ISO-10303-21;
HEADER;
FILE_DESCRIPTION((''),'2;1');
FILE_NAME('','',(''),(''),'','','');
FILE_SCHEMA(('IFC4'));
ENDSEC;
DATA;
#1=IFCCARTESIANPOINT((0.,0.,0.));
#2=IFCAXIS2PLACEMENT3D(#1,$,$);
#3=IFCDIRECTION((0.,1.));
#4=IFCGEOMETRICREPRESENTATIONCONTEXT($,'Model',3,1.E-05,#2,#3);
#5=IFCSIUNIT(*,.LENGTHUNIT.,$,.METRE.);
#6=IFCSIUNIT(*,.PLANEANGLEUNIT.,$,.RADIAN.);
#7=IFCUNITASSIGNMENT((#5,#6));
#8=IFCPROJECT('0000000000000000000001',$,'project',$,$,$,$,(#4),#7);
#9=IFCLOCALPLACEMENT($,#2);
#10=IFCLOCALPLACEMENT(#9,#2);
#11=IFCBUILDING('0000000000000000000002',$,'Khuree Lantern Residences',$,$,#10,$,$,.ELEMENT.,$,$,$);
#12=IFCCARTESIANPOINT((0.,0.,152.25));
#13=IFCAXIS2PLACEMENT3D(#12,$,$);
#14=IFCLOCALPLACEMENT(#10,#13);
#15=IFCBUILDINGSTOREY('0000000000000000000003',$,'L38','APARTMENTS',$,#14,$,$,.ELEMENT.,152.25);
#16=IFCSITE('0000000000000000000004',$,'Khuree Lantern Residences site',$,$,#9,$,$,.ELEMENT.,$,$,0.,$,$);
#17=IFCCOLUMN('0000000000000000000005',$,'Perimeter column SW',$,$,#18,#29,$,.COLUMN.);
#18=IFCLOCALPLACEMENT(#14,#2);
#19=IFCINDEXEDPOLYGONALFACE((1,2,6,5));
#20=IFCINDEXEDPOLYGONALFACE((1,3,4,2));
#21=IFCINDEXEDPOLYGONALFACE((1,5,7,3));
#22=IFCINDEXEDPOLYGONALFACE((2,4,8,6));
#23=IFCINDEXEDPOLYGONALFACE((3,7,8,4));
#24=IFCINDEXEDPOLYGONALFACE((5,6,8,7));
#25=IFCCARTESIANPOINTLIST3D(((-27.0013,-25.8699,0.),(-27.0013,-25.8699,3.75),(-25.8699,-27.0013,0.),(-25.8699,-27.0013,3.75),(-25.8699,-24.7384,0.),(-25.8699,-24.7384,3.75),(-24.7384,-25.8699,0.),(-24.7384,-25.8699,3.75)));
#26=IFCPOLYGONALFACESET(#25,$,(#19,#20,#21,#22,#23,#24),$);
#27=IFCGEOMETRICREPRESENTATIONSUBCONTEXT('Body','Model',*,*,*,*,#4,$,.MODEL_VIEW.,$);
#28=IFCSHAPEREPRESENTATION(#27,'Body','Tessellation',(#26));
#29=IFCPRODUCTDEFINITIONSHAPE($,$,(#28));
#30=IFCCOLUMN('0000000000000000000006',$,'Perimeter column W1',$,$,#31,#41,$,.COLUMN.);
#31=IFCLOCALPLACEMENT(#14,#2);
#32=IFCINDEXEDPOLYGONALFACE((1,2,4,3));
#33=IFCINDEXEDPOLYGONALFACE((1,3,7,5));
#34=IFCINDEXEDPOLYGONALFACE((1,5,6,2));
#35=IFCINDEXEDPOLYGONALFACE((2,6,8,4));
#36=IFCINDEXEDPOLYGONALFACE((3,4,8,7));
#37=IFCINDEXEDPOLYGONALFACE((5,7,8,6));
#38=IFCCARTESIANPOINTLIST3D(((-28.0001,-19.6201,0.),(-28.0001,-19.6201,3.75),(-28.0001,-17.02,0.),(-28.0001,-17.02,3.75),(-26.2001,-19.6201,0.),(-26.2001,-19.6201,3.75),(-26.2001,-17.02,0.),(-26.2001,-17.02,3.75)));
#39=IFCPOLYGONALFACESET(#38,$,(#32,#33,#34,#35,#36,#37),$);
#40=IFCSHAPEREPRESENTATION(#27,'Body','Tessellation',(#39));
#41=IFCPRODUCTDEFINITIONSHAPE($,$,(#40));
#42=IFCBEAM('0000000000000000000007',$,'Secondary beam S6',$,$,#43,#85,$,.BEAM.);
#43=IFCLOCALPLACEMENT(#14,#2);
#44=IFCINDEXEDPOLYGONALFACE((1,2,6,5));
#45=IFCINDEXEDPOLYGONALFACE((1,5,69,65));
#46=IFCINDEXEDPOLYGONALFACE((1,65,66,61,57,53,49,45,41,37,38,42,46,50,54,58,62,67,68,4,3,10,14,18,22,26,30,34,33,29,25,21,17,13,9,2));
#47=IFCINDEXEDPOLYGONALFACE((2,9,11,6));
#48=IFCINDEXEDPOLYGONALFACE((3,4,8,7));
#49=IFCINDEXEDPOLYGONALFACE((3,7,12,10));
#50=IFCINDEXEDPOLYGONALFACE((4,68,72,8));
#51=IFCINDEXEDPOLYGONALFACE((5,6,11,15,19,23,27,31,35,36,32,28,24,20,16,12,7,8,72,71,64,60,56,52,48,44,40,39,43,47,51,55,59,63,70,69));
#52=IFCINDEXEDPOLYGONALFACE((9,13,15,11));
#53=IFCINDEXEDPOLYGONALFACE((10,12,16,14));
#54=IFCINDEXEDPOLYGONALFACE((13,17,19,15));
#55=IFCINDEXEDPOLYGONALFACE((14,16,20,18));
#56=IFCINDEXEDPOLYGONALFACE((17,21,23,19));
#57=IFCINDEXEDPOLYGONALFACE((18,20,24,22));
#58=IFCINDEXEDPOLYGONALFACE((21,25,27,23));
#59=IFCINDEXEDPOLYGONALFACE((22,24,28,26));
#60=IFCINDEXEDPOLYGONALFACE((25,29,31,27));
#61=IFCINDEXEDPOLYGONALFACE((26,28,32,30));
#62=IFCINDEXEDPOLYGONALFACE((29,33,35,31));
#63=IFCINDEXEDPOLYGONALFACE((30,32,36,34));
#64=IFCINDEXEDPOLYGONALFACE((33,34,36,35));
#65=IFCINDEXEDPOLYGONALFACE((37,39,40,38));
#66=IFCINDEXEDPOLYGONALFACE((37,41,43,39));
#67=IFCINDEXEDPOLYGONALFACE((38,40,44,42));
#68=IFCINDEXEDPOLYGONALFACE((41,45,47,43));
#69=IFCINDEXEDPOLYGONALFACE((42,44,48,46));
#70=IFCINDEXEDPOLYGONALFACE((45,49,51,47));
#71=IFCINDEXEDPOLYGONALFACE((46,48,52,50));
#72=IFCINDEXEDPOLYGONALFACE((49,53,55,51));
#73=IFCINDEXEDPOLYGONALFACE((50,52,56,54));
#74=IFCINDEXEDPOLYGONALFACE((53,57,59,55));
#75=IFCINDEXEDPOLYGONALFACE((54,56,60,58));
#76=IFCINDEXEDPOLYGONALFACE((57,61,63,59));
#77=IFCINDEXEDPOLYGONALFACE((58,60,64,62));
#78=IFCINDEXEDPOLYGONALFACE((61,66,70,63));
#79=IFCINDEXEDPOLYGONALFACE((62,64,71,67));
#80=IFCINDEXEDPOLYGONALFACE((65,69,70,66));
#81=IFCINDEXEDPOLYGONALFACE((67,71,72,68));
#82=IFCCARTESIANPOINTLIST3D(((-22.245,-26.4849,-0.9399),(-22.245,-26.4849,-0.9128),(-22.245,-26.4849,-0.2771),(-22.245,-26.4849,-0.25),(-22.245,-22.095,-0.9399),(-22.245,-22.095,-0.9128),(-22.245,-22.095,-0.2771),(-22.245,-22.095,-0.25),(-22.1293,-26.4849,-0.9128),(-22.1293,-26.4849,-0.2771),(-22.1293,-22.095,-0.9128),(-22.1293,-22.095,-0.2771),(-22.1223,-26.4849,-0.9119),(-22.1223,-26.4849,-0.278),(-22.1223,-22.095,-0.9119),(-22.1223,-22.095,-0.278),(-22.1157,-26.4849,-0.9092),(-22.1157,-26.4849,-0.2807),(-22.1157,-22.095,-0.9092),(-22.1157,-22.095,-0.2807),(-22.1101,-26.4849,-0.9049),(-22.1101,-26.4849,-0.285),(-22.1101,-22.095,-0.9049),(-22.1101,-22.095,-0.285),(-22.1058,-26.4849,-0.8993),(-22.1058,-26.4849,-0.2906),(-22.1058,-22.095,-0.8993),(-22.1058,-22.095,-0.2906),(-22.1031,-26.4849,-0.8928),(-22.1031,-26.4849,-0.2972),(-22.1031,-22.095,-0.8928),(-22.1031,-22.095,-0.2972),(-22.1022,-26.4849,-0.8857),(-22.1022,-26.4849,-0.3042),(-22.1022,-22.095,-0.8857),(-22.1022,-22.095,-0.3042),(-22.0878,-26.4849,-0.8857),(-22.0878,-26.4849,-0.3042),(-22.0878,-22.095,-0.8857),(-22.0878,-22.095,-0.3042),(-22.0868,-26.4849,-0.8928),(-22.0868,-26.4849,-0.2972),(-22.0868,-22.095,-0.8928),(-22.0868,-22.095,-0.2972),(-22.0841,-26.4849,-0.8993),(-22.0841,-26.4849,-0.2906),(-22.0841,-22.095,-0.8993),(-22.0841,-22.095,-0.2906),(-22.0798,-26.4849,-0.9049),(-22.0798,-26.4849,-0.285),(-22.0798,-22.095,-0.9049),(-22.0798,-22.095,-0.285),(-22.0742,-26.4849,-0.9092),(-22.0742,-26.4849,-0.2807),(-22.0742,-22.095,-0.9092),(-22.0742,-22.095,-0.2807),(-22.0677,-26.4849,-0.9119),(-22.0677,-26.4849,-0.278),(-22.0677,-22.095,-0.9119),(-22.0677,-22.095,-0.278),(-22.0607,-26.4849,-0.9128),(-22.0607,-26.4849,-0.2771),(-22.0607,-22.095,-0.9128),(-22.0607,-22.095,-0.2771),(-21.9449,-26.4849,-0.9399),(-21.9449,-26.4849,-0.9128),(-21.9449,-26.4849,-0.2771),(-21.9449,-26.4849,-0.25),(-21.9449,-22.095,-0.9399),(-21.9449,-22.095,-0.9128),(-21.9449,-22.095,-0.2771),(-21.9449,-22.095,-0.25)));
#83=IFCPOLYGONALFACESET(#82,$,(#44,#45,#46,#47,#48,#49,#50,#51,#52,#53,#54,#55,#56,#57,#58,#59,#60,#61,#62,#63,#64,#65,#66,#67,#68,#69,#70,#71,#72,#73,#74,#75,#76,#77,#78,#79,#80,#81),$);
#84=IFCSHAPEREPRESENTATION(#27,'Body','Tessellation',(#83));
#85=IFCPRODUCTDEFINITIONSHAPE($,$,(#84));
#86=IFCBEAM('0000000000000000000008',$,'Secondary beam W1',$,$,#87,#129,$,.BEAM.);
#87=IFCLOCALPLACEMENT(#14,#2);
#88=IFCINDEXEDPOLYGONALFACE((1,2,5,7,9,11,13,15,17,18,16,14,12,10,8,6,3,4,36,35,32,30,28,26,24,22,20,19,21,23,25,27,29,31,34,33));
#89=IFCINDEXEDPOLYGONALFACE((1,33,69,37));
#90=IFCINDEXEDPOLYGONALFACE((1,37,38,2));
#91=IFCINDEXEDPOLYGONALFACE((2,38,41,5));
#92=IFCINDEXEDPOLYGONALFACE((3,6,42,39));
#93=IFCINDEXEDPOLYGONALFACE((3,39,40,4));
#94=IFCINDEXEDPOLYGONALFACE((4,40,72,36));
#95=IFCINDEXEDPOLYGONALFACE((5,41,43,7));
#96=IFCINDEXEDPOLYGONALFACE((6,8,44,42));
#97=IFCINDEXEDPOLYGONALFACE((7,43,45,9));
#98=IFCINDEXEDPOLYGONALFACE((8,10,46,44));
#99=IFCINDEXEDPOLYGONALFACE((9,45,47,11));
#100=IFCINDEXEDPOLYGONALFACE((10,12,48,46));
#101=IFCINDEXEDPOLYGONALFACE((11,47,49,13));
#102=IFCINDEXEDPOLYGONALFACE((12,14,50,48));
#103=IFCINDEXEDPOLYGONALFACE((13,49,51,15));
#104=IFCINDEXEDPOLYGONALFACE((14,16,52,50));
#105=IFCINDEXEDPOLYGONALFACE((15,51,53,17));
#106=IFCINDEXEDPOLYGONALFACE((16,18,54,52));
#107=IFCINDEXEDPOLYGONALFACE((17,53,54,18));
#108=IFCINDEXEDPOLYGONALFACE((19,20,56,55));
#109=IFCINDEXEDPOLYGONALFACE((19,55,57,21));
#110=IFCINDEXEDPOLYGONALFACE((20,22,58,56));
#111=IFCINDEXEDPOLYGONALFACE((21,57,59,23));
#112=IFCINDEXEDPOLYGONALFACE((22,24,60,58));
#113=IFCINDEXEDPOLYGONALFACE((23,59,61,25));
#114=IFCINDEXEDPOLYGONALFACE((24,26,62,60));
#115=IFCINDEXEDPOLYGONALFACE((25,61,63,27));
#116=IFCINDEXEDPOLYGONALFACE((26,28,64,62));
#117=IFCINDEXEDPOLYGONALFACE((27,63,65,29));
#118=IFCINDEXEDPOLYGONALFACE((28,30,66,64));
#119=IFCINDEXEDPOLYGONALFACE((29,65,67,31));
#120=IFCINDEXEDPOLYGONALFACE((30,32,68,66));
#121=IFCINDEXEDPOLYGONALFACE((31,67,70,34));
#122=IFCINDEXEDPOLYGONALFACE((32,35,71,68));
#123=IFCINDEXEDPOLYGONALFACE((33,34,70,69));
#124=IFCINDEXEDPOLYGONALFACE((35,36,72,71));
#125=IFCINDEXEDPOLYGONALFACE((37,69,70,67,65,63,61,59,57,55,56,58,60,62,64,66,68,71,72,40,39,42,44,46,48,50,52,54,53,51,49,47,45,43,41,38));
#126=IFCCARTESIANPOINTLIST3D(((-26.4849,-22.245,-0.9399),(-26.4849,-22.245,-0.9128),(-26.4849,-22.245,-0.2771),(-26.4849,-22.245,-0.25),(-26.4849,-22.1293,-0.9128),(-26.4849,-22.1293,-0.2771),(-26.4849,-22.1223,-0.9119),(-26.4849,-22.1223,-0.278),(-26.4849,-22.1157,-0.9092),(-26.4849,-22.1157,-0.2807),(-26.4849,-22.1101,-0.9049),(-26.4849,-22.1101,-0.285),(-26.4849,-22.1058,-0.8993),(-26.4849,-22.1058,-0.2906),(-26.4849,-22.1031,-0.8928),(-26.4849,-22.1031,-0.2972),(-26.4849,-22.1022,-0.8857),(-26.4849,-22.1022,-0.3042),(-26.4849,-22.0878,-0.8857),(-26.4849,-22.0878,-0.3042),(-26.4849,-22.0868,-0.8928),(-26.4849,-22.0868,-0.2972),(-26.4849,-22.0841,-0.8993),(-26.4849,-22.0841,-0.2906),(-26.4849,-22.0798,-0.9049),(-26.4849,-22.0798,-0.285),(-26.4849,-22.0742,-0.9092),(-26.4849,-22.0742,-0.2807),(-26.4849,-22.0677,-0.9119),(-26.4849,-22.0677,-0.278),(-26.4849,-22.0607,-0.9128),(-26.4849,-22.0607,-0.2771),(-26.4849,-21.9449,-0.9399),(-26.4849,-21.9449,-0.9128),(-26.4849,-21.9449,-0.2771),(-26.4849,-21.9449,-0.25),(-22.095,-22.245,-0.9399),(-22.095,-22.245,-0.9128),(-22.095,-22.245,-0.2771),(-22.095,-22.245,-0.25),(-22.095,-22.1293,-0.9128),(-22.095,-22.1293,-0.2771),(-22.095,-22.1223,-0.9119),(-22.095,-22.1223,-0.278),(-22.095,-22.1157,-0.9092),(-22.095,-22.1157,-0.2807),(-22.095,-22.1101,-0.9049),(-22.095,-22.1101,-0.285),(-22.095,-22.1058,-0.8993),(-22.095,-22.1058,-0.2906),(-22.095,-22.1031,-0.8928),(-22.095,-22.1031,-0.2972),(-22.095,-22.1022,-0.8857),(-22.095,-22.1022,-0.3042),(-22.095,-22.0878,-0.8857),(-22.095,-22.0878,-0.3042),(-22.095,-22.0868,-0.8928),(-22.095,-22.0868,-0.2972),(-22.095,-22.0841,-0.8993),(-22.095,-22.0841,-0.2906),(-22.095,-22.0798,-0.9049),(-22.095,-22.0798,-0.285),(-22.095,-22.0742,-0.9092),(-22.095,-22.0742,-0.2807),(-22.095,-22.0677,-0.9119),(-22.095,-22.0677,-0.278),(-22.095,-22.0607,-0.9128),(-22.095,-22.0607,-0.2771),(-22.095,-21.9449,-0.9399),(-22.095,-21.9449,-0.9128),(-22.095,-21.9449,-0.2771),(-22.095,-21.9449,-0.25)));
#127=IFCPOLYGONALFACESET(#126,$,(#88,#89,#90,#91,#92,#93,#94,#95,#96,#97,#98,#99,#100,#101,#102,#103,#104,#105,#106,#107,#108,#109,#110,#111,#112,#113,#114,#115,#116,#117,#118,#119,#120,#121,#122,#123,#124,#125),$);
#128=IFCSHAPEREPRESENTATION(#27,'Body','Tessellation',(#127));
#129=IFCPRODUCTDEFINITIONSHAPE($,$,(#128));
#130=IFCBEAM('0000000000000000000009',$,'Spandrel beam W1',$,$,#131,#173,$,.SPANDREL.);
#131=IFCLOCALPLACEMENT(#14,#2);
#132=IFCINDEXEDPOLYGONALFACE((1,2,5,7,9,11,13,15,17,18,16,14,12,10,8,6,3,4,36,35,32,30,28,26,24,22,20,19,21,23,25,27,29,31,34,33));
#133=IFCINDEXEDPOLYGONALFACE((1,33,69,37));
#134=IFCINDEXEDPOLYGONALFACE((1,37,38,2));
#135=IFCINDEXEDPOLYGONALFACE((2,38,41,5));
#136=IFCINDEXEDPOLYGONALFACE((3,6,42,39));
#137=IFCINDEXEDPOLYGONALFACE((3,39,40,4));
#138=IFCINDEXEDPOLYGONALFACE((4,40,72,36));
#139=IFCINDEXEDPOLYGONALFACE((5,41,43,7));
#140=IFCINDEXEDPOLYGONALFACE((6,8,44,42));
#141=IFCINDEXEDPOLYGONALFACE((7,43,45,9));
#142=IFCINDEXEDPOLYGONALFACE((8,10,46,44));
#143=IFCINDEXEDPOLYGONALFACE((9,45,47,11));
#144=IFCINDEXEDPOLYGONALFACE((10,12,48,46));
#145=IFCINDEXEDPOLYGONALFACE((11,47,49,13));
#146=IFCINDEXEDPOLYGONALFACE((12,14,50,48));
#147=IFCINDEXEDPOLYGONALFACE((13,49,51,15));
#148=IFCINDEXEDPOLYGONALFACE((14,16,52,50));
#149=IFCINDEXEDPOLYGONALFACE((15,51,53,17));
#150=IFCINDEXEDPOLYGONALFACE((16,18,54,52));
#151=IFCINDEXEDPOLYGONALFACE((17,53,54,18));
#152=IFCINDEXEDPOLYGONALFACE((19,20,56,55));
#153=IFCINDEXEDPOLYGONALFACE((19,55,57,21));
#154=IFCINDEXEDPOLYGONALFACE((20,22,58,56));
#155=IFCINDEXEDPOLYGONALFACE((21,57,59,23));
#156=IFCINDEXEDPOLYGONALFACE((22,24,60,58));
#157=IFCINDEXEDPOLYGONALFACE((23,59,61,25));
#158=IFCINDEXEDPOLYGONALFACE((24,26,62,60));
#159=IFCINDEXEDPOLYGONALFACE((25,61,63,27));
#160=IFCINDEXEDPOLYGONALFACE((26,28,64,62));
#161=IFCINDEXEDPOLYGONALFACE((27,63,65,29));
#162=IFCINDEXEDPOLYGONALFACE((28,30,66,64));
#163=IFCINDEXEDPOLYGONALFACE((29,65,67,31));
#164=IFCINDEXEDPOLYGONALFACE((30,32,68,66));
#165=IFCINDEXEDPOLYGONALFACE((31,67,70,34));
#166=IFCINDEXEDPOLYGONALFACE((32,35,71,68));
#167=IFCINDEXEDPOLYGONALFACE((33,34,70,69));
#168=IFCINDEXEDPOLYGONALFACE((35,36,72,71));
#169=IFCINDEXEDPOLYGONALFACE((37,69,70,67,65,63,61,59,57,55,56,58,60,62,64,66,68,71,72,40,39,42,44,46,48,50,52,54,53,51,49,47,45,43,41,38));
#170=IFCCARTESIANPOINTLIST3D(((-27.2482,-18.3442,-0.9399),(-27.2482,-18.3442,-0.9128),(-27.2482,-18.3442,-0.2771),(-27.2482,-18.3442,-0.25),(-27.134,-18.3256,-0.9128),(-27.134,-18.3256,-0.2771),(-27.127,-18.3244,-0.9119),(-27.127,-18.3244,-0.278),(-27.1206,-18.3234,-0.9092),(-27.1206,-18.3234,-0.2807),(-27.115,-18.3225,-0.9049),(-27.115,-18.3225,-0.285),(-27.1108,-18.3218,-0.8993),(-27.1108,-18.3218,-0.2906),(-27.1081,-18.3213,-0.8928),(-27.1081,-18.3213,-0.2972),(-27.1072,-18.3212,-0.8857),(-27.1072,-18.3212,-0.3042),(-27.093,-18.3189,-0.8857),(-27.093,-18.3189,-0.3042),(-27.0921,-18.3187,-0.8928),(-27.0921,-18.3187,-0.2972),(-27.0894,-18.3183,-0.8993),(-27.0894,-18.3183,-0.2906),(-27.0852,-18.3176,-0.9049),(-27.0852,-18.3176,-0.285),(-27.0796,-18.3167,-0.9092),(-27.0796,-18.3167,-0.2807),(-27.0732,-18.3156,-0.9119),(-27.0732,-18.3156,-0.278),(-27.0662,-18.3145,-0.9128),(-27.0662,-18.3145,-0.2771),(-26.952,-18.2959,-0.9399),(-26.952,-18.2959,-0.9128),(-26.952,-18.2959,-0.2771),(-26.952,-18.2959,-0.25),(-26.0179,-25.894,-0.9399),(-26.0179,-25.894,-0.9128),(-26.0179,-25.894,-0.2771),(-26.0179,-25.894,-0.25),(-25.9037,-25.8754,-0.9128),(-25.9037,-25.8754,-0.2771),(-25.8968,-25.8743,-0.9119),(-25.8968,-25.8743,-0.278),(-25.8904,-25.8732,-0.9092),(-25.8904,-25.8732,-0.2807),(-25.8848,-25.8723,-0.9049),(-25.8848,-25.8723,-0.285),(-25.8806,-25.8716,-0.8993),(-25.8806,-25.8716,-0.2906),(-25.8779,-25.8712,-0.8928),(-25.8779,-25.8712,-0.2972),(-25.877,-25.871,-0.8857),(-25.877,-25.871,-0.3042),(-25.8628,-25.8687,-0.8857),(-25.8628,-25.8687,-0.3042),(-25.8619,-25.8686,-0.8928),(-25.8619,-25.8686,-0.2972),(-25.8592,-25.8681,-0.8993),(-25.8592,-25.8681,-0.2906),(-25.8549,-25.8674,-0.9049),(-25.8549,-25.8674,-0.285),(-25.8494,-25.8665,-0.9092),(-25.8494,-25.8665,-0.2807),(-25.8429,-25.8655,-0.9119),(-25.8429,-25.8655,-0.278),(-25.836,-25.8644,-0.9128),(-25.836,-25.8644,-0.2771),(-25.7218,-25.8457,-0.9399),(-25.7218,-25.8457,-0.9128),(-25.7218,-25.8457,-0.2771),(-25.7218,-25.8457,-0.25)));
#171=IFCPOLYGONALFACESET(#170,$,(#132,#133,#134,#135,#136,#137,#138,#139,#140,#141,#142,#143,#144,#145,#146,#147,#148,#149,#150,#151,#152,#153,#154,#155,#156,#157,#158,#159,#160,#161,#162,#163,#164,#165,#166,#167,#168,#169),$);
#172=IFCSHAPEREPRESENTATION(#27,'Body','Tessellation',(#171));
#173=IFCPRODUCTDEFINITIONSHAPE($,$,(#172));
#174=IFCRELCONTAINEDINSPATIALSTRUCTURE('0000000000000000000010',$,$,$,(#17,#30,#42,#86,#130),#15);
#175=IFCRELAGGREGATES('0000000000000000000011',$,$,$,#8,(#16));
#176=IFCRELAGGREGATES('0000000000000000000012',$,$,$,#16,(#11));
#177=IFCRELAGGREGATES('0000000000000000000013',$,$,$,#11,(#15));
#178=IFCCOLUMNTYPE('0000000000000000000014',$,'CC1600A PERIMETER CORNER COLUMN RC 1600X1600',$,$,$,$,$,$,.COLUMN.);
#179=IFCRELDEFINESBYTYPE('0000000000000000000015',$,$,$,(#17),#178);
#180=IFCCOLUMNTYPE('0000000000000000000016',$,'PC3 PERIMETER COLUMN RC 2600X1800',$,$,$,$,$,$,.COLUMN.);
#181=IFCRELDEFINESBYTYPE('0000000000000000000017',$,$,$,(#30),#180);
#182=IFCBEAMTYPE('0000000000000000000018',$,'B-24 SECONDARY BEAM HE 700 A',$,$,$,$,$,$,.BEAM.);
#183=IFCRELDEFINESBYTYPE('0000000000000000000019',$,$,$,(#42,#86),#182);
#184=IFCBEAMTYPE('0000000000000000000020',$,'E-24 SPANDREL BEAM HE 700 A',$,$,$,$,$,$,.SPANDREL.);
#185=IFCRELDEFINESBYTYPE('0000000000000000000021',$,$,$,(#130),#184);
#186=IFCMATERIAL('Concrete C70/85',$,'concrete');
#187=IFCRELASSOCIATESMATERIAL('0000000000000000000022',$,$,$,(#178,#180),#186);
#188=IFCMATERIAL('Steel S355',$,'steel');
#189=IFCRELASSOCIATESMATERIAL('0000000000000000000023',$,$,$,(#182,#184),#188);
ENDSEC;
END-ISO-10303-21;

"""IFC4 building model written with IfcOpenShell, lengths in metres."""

from ifc_helpers import new_model, si_unit, direction, frame, origin, origin_2d, place, context, subcontext, project, spatial, rectangle, i_section, extrude, material, material_profile, profile_set, type_object, element, save


model = new_model("IFC4")

# Units and contexts
model_context = context("Model", 3, precision=1e-05, world=origin(), true_north=direction((0.0, 1.0)))
body_context = subcontext(model_context, "Body", "Model", "MODEL_VIEW")
ifc_project = project(units=[si_unit("LENGTHUNIT", "METRE"), si_unit("PLANEANGLEUNIT", "RADIAN")], contexts=[model_context])

# Site, building, storey
site_placement = place(None, origin())
site = spatial("IfcSite", under=ifc_project, at=site_placement, Name="Khuree Lantern Residences site", CompositionType="ELEMENT", RefElevation=0.0)
building_placement = place(site_placement, origin())
building = spatial("IfcBuilding", under=site, at=building_placement, Name="Khuree Lantern Residences", CompositionType="ELEMENT")
storey_placement = place(building_placement, frame((0.0, 0.0, 152.25)))
storey = spatial("IfcBuildingStorey", under=building, at=storey_placement, Name="L38", Description="APARTMENTS", CompositionType="ELEMENT", Elevation=152.25)

# Columns
ifc_material_1 = material(Name="Concrete C70/85", Category="concrete")
ifc_material_profile_1 = material_profile(ifc_material_1, rectangle(XDim=1.6001, YDim=1.6001, at=origin_2d()), Name="RC 1600X1600")
ifc_profile_set_1 = profile_set([ifc_material_profile_1], Name="Concrete C70/85")
column_type_1 = type_object("IfcColumnType", Name="CC1600A PERIMETER CORNER COLUMN RC 1600X1600", PredefinedType="COLUMN", material=ifc_profile_set_1)
column_1_placement = place(storey_placement, frame((-25.8699, -25.8699, 0.0), z_axis=(0.0, 0.0, 1.0), x_axis=(0.707107, -0.707107, 0.0)))
element("IfcColumn", 1, at=column_1_placement, inside=storey, type_object=column_type_1, Name="Perimeter column SW", PredefinedType="COLUMN", context=body_context, shape_type="SweptSolid", body=[
    extrude(rectangle(XDim=1.6001, YDim=1.6001, at=origin_2d()), origin(), (0.0, 0.0, 1.0), 3.75),
])
ifc_material_profile_2 = material_profile(ifc_material_1, rectangle(XDim=2.6001, YDim=1.8, at=origin_2d()), Name="RC 2600X1800")
ifc_profile_set_2 = profile_set([ifc_material_profile_2], Name="Concrete C70/85")
column_type_2 = type_object("IfcColumnType", Name="PC3 PERIMETER COLUMN RC 2600X1800", PredefinedType="COLUMN", material=ifc_profile_set_2)
column_2_placement = place(storey_placement, frame((-27.1001, -18.3201, 0.0), z_axis=(0.0, 0.0, 1.0), x_axis=(0.0, 1.0, 0.0)))
element("IfcColumn", 2, at=column_2_placement, inside=storey, type_object=column_type_2, Name="Perimeter column W1", PredefinedType="COLUMN", context=body_context, shape_type="SweptSolid", body=[
    extrude(rectangle(XDim=2.6001, YDim=1.8, at=origin_2d()), origin(), (0.0, 0.0, 1.0), 3.75),
])

# Beams
ifc_material_2 = material(Name="Steel S355", Category="steel")
ifc_material_profile_3 = material_profile(ifc_material_2, i_section(OverallWidth=0.3, OverallDepth=0.6899, WebThickness=0.0144, FlangeThickness=0.0271, FilletRadius=0.0271, at=origin_2d()), Name="HE 700 A")
ifc_profile_set_3 = profile_set([ifc_material_profile_3], Name="Steel S355")
beam_type_1 = type_object("IfcBeamType", Name="B-24 SECONDARY BEAM HE 700 A", PredefinedType="BEAM", material=ifc_profile_set_3)
for number, where, z_axis, x_axis, name in (
    (3, (-22.095, -26.4849, -0.595), (0.0, 1.0, 0.0), (-1.0, 0.0, 0.0), "Secondary beam S6"),
    (4, (-26.4849, -22.095, -0.595), (1.0, 0.0, 0.0), (0.0, 1.0, 0.0), "Secondary beam W1"),
):
    element("IfcBeam", number, at=place(storey_placement, frame(where, z_axis=z_axis, x_axis=x_axis)), inside=storey, type_object=beam_type_1, Name=name, PredefinedType="BEAM", context=body_context, shape_type="SweptSolid", body=[
        extrude(i_section(OverallWidth=0.3, OverallDepth=0.6899, WebThickness=0.0144, FlangeThickness=0.0271, FilletRadius=0.0271, at=origin_2d()), origin(), (0.0, 0.0, 1.0), 4.3899),
    ])
ifc_material_profile_4 = material_profile(ifc_material_2, i_section(OverallWidth=0.3, OverallDepth=0.6899, WebThickness=0.0144, FlangeThickness=0.0271, FilletRadius=0.0271, at=origin_2d()), Name="HE 700 A")
ifc_profile_set_4 = profile_set([ifc_material_profile_4], Name="Steel S355")
beam_type_2 = type_object("IfcBeamType", Name="E-24 SPANDREL BEAM HE 700 A", PredefinedType="SPANDREL", material=ifc_profile_set_4)
beam_1_placement = place(storey_placement, frame((-25.8699, -25.8699, -0.595), z_axis=(-0.160827, 0.986983, 0.0), x_axis=(-0.986983, -0.160827, 0.0)))
element("IfcBeam", 5, at=beam_1_placement, inside=storey, type_object=beam_type_2, Name="Spandrel beam W1", PredefinedType="SPANDREL", context=body_context, shape_type="SweptSolid", body=[
    extrude(i_section(OverallWidth=0.3, OverallDepth=0.6899, WebThickness=0.0144, FlangeThickness=0.0271, FilletRadius=0.0271, at=origin_2d()), origin(), (0.0, 0.0, 1.0), 7.6494),
])

save(model, "model.ifc")
